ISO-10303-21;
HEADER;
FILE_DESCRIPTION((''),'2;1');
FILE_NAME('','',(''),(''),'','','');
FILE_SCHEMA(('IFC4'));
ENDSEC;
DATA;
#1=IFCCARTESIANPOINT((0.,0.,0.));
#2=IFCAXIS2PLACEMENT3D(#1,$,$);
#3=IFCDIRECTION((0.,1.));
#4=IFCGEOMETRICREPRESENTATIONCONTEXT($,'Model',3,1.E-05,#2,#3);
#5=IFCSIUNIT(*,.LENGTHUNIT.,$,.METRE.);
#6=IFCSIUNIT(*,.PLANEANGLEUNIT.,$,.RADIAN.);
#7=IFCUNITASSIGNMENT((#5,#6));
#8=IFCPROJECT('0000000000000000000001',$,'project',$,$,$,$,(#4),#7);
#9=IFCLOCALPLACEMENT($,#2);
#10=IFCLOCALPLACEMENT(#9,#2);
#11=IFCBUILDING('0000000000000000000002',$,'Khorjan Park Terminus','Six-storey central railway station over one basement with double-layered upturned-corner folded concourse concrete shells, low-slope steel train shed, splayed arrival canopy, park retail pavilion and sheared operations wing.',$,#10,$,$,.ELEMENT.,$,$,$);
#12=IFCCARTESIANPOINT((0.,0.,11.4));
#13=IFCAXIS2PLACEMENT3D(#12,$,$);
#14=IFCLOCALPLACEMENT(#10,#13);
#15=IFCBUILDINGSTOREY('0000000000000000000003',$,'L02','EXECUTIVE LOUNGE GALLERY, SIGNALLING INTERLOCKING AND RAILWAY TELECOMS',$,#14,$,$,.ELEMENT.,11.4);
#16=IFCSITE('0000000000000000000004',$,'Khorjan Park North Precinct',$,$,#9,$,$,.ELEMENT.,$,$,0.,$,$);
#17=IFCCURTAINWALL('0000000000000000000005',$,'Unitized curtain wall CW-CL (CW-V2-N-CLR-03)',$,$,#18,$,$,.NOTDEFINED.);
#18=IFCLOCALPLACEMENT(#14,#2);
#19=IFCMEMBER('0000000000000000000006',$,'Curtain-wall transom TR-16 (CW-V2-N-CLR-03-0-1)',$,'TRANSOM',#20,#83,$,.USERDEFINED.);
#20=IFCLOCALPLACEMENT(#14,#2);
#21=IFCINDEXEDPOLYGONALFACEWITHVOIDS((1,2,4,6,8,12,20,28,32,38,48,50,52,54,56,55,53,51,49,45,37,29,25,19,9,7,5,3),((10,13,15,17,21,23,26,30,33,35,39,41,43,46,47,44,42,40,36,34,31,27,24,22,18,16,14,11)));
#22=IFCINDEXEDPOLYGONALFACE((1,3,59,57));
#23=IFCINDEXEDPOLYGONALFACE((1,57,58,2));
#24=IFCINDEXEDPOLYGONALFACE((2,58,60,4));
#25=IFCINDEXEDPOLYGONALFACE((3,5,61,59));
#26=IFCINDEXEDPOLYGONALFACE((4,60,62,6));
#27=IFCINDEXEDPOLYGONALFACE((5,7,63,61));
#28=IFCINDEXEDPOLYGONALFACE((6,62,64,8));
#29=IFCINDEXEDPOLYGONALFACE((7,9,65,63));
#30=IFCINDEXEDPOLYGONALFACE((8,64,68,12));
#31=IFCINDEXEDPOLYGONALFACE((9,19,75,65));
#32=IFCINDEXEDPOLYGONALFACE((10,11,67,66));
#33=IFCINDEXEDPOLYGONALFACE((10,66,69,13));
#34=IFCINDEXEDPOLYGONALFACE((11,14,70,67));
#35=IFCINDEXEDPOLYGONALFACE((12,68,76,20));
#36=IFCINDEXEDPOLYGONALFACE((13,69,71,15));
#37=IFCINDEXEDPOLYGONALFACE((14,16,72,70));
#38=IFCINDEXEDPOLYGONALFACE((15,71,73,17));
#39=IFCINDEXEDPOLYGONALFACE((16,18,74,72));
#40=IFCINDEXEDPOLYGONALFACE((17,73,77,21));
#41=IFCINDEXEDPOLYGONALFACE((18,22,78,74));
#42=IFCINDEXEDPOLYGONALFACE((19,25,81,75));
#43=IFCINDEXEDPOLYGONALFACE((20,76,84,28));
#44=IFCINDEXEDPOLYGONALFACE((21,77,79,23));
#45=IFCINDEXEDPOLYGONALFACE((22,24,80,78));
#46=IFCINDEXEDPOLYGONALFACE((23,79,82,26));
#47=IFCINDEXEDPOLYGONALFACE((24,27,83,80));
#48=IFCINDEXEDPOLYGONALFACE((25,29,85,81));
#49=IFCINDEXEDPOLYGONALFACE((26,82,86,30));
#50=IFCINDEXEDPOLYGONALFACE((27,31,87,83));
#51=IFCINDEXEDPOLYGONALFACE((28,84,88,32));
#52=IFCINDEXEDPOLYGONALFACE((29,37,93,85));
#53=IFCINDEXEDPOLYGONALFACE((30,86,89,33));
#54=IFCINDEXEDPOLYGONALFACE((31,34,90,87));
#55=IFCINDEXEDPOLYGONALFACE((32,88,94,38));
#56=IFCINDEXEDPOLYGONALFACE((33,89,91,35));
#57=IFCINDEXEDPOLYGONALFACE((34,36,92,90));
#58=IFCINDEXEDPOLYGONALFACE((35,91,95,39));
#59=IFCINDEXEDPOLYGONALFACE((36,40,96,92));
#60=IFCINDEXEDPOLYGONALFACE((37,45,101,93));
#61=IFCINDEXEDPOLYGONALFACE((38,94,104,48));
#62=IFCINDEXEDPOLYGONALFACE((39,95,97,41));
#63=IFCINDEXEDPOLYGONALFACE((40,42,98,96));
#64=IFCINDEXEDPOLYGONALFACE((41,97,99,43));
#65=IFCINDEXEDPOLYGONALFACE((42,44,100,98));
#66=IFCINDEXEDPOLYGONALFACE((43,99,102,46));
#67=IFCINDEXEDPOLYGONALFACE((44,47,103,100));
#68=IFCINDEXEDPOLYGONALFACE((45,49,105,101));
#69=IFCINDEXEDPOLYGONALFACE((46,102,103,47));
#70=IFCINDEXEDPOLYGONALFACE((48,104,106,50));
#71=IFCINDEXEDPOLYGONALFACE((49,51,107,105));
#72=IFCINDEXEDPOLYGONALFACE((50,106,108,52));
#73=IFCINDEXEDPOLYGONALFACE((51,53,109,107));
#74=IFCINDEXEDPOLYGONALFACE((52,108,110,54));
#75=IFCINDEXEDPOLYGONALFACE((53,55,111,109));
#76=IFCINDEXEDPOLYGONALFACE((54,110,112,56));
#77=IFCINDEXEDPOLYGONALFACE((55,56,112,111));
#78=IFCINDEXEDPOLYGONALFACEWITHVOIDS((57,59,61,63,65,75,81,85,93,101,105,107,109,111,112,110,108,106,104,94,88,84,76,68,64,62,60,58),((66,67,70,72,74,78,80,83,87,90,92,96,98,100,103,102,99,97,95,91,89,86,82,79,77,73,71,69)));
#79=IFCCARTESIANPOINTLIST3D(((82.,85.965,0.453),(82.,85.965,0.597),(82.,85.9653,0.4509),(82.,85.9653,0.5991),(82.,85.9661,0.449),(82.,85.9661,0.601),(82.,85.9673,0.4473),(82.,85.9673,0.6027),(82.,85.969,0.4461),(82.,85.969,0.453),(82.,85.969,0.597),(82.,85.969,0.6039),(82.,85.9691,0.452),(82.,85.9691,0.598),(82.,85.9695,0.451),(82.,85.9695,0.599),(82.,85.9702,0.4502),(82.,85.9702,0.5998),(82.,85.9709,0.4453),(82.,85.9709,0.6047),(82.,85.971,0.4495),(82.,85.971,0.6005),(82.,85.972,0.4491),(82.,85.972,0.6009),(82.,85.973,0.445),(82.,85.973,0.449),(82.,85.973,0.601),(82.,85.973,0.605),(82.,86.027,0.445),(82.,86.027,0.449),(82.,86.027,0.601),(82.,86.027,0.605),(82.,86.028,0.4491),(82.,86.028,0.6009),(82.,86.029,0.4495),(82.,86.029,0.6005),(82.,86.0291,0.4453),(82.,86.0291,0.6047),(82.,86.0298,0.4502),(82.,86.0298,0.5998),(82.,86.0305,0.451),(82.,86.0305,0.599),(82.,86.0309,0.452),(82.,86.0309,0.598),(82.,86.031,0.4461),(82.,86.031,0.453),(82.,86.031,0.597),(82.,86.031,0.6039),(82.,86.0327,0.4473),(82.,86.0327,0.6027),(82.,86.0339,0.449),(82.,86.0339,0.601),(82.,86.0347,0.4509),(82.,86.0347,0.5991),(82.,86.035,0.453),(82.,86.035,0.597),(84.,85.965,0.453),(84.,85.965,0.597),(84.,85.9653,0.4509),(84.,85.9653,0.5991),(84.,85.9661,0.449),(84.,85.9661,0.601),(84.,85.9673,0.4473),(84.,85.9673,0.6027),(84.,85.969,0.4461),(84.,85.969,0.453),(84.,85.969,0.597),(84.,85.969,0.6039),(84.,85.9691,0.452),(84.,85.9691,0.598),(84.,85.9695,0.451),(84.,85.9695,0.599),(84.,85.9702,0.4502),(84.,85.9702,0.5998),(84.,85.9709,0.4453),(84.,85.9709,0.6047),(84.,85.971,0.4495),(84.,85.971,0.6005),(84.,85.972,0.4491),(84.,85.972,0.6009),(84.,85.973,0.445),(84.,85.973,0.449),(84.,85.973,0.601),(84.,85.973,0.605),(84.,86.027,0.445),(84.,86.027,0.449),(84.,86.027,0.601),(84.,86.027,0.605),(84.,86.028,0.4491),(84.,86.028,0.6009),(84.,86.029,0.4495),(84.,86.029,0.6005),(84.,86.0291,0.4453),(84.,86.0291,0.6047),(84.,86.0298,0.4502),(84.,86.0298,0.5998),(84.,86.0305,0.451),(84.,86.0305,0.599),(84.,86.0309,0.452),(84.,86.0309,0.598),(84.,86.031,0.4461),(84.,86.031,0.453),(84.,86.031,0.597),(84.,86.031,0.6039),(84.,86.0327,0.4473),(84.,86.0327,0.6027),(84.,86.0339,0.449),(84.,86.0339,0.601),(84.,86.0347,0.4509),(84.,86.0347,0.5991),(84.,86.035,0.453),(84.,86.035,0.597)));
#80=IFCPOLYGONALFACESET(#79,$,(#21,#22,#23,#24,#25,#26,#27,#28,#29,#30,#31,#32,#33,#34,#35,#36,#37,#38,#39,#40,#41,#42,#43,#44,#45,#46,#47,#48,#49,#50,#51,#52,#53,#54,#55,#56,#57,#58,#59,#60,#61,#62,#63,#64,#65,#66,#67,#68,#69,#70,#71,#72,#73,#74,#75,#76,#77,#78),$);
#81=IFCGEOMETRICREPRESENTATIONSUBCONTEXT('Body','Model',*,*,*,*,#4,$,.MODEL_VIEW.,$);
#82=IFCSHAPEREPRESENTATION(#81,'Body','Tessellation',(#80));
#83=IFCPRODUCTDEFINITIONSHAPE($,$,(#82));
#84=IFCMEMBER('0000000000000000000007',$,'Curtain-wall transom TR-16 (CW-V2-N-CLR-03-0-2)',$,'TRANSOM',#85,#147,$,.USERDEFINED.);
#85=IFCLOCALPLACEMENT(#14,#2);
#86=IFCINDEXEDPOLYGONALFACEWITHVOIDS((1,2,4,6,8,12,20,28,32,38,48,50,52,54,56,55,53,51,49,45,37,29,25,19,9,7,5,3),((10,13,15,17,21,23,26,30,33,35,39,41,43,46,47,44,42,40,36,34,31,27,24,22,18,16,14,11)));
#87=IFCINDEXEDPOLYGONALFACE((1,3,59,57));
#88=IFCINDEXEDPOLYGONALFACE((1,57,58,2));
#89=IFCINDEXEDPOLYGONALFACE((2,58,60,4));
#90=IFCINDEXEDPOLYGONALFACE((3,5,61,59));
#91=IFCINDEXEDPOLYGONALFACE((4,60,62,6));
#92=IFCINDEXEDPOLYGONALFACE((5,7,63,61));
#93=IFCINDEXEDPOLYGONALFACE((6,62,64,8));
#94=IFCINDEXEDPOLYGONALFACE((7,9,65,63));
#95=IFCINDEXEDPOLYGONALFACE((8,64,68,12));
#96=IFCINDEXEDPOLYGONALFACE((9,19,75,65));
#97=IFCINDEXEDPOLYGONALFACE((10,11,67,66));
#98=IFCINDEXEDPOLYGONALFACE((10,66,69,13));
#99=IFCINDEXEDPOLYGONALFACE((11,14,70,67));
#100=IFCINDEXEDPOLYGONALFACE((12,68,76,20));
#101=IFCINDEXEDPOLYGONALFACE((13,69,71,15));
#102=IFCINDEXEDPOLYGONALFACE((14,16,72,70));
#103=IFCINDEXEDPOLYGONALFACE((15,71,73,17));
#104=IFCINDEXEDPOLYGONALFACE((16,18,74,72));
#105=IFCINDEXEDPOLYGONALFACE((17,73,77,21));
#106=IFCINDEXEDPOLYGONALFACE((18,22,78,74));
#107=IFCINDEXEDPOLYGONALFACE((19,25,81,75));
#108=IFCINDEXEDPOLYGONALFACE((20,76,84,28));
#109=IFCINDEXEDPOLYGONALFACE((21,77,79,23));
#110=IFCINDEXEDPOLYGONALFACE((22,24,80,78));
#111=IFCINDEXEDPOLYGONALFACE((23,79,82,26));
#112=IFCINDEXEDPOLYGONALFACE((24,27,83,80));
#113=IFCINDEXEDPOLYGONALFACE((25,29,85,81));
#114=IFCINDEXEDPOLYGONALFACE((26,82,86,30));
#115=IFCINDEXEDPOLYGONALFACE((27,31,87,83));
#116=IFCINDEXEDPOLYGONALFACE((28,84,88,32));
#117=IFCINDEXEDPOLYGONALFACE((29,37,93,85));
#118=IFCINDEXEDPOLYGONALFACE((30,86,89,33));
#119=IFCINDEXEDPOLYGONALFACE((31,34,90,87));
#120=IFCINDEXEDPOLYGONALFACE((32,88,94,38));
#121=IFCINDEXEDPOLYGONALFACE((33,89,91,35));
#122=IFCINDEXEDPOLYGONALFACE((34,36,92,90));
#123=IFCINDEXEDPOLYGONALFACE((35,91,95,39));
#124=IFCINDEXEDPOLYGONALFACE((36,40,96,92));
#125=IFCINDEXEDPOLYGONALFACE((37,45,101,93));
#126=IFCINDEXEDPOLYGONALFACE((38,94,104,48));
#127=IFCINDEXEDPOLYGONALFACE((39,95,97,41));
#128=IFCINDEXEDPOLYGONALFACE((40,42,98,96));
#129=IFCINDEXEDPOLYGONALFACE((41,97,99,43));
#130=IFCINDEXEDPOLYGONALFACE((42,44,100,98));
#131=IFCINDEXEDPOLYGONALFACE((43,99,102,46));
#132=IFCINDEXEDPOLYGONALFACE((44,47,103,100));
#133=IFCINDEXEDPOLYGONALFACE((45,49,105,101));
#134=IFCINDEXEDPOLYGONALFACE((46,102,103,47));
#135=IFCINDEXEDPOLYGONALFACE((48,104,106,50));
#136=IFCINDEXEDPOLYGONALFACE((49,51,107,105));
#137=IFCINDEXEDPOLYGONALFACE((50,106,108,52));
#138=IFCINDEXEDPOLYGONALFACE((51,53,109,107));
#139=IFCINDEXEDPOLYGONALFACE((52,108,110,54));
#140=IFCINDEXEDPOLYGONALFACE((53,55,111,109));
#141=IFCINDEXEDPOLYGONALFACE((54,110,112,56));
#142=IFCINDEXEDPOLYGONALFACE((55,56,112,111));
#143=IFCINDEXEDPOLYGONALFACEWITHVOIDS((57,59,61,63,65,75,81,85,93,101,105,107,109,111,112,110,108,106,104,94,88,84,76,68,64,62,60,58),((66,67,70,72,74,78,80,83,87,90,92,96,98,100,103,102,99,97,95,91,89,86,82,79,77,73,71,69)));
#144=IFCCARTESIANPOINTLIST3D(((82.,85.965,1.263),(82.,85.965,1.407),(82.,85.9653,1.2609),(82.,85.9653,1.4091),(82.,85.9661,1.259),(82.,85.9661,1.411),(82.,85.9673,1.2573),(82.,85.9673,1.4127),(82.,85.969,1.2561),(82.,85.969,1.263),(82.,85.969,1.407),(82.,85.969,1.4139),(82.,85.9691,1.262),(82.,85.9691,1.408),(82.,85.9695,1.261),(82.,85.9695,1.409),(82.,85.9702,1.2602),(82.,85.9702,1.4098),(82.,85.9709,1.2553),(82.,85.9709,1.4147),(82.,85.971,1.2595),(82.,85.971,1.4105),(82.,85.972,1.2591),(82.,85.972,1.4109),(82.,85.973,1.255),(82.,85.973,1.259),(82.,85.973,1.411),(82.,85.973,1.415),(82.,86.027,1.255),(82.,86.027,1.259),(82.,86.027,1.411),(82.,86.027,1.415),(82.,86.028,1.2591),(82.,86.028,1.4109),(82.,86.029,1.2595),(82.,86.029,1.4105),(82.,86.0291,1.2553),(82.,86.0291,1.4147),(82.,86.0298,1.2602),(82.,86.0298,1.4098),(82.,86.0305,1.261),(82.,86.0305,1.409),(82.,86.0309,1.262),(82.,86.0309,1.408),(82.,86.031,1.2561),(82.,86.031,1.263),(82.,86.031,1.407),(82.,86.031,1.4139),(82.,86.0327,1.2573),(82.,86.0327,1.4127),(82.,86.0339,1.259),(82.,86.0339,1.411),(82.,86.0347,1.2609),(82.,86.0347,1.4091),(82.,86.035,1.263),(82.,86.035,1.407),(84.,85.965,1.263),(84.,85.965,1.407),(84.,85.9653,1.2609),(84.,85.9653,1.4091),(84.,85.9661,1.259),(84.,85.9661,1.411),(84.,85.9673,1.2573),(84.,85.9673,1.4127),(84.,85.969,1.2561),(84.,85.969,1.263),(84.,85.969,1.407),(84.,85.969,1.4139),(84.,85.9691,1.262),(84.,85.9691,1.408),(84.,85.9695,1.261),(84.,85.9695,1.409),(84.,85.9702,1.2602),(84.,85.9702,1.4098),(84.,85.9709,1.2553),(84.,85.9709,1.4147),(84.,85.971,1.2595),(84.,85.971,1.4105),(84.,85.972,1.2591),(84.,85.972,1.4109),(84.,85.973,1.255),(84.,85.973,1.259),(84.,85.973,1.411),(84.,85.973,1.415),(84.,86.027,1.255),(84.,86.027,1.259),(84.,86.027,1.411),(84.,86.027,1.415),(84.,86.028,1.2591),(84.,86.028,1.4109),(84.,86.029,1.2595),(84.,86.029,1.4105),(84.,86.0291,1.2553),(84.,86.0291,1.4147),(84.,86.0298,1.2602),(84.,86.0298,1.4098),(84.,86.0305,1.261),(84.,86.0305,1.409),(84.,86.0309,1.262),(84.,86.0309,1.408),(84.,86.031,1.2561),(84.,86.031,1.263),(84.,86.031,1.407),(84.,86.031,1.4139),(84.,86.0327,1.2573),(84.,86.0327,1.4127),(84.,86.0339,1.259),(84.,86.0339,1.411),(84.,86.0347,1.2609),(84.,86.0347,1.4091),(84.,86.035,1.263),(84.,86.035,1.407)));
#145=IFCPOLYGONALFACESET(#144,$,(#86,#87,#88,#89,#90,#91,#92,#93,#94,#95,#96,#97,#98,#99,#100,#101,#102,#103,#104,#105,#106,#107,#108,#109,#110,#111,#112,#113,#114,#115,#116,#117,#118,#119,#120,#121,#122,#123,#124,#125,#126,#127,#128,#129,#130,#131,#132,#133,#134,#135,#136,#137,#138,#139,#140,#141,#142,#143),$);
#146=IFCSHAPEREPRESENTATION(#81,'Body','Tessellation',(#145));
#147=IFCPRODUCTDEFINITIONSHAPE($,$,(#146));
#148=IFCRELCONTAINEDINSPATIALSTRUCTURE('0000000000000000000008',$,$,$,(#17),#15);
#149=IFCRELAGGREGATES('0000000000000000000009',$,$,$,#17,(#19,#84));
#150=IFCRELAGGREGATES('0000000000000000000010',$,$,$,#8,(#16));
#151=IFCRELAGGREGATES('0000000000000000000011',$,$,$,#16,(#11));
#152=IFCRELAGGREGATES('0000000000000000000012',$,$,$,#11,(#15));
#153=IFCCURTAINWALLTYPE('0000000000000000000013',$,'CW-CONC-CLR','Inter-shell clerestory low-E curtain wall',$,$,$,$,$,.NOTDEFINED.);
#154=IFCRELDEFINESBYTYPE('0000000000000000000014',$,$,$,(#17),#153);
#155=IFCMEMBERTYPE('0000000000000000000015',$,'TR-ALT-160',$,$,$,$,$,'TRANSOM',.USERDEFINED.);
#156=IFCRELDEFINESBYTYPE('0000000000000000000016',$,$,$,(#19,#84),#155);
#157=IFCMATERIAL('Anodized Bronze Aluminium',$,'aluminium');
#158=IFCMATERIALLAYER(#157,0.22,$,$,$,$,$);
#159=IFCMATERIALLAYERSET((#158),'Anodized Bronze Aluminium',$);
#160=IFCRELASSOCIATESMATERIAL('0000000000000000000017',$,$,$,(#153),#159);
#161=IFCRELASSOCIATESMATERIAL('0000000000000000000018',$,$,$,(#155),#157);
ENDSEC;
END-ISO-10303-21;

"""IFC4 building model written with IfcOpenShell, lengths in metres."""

from ifc_helpers import new_model, si_unit, direction, frame, origin, origin_2d, place, context, subcontext, project, spatial, hollow_rectangle, extrude, material, layer, layer_set, material_profile, profile_set, type_object, element, aggregate, save


model = new_model("IFC4")

# Units and contexts
model_context = context("Model", 3, precision=1e-05, world=origin(), true_north=direction((0.0, 1.0)))
body_context = subcontext(model_context, "Body", "Model", "MODEL_VIEW")
ifc_project = project(units=[si_unit("LENGTHUNIT", "METRE"), si_unit("PLANEANGLEUNIT", "RADIAN")], contexts=[model_context])

# Site, building, storey
site_placement = place(None, origin())
site = spatial("IfcSite", under=ifc_project, at=site_placement, Name="Khorjan Park North Precinct", CompositionType="ELEMENT", RefElevation=0.0)
building_placement = place(site_placement, origin())
building = spatial("IfcBuilding", under=site, at=building_placement, Name="Khorjan Park Terminus", Description="Six-storey central railway station over one basement with double-layered upturned-corner folded concourse concrete shells, low-slope steel train shed, splayed arrival canopy, park retail pavilion and sheared operations wing.", CompositionType="ELEMENT")
storey_placement = place(building_placement, frame((0.0, 0.0, 11.4)))
storey = spatial("IfcBuildingStorey", under=building, at=storey_placement, Name="L02", Description="EXECUTIVE LOUNGE GALLERY, SIGNALLING INTERLOCKING AND RAILWAY TELECOMS", CompositionType="ELEMENT", Elevation=11.4)

# Curtain wall
ifc_material_1 = material(Name="Anodized Bronze Aluminium", Category="aluminium")
ifc_layer_1 = layer(ifc_material_1, 0.22)
ifc_layer_set_1 = layer_set([ifc_layer_1], Name="Anodized Bronze Aluminium")
curtain_wall_type = type_object("IfcCurtainWallType", Name="CW-CONC-CLR", Description="Inter-shell clerestory low-E curtain wall", PredefinedType="NOTDEFINED", material=ifc_layer_set_1)
curtain_wall_1_placement = place(storey_placement, origin())
curtain_wall_1 = element("IfcCurtainWall", 1, at=curtain_wall_1_placement, inside=storey, type_object=curtain_wall_type, Name="Unitized curtain wall CW-CL (CW-V2-N-CLR-03)", PredefinedType="NOTDEFINED")

# Members
ifc_material_profile_1 = material_profile(ifc_material_1, hollow_rectangle(XDim=0.07, YDim=0.16, WallThickness=0.004, InnerFilletRadius=0.004, OuterFilletRadius=0.008, at=origin_2d()), Name="ALT 70x160x4")
ifc_profile_set_1 = profile_set([ifc_material_profile_1], Name="Anodized Bronze Aluminium")
member_type_1 = type_object("IfcMemberType", Name="TR-ALT-160", ElementType="TRANSOM", PredefinedType="USERDEFINED", material=ifc_profile_set_1)
member_1_placement = place(storey_placement, frame((84.0, 86.0, 0.525), z_axis=(-1.0, 0.0, 0.0), x_axis=(0.0, -1.0, 0.0)))
member_1 = element("IfcMember", 2, at=member_1_placement, type_object=member_type_1, Name="Curtain-wall transom TR-16 (CW-V2-N-CLR-03-0-1)", ObjectType="TRANSOM", PredefinedType="USERDEFINED", context=body_context, shape_type="SweptSolid", body=[
    extrude(hollow_rectangle(XDim=0.07, YDim=0.16, WallThickness=0.004, InnerFilletRadius=0.004, OuterFilletRadius=0.008, at=origin_2d()), origin(), (0.0, 0.0, 1.0), 2.0),
])
member_2_placement = place(storey_placement, frame((84.0, 86.0, 1.335), z_axis=(-1.0, 0.0, 0.0), x_axis=(0.0, -1.0, 0.0)))
member_2 = element("IfcMember", 3, at=member_2_placement, type_object=member_type_1, Name="Curtain-wall transom TR-16 (CW-V2-N-CLR-03-0-2)", ObjectType="TRANSOM", PredefinedType="USERDEFINED", context=body_context, shape_type="SweptSolid", body=[
    extrude(hollow_rectangle(XDim=0.07, YDim=0.16, WallThickness=0.004, InnerFilletRadius=0.004, OuterFilletRadius=0.008, at=origin_2d()), origin(), (0.0, 0.0, 1.0), 2.0),
])

aggregate(curtain_wall_1, [member_1, member_2])

save(model, "model.ifc")
